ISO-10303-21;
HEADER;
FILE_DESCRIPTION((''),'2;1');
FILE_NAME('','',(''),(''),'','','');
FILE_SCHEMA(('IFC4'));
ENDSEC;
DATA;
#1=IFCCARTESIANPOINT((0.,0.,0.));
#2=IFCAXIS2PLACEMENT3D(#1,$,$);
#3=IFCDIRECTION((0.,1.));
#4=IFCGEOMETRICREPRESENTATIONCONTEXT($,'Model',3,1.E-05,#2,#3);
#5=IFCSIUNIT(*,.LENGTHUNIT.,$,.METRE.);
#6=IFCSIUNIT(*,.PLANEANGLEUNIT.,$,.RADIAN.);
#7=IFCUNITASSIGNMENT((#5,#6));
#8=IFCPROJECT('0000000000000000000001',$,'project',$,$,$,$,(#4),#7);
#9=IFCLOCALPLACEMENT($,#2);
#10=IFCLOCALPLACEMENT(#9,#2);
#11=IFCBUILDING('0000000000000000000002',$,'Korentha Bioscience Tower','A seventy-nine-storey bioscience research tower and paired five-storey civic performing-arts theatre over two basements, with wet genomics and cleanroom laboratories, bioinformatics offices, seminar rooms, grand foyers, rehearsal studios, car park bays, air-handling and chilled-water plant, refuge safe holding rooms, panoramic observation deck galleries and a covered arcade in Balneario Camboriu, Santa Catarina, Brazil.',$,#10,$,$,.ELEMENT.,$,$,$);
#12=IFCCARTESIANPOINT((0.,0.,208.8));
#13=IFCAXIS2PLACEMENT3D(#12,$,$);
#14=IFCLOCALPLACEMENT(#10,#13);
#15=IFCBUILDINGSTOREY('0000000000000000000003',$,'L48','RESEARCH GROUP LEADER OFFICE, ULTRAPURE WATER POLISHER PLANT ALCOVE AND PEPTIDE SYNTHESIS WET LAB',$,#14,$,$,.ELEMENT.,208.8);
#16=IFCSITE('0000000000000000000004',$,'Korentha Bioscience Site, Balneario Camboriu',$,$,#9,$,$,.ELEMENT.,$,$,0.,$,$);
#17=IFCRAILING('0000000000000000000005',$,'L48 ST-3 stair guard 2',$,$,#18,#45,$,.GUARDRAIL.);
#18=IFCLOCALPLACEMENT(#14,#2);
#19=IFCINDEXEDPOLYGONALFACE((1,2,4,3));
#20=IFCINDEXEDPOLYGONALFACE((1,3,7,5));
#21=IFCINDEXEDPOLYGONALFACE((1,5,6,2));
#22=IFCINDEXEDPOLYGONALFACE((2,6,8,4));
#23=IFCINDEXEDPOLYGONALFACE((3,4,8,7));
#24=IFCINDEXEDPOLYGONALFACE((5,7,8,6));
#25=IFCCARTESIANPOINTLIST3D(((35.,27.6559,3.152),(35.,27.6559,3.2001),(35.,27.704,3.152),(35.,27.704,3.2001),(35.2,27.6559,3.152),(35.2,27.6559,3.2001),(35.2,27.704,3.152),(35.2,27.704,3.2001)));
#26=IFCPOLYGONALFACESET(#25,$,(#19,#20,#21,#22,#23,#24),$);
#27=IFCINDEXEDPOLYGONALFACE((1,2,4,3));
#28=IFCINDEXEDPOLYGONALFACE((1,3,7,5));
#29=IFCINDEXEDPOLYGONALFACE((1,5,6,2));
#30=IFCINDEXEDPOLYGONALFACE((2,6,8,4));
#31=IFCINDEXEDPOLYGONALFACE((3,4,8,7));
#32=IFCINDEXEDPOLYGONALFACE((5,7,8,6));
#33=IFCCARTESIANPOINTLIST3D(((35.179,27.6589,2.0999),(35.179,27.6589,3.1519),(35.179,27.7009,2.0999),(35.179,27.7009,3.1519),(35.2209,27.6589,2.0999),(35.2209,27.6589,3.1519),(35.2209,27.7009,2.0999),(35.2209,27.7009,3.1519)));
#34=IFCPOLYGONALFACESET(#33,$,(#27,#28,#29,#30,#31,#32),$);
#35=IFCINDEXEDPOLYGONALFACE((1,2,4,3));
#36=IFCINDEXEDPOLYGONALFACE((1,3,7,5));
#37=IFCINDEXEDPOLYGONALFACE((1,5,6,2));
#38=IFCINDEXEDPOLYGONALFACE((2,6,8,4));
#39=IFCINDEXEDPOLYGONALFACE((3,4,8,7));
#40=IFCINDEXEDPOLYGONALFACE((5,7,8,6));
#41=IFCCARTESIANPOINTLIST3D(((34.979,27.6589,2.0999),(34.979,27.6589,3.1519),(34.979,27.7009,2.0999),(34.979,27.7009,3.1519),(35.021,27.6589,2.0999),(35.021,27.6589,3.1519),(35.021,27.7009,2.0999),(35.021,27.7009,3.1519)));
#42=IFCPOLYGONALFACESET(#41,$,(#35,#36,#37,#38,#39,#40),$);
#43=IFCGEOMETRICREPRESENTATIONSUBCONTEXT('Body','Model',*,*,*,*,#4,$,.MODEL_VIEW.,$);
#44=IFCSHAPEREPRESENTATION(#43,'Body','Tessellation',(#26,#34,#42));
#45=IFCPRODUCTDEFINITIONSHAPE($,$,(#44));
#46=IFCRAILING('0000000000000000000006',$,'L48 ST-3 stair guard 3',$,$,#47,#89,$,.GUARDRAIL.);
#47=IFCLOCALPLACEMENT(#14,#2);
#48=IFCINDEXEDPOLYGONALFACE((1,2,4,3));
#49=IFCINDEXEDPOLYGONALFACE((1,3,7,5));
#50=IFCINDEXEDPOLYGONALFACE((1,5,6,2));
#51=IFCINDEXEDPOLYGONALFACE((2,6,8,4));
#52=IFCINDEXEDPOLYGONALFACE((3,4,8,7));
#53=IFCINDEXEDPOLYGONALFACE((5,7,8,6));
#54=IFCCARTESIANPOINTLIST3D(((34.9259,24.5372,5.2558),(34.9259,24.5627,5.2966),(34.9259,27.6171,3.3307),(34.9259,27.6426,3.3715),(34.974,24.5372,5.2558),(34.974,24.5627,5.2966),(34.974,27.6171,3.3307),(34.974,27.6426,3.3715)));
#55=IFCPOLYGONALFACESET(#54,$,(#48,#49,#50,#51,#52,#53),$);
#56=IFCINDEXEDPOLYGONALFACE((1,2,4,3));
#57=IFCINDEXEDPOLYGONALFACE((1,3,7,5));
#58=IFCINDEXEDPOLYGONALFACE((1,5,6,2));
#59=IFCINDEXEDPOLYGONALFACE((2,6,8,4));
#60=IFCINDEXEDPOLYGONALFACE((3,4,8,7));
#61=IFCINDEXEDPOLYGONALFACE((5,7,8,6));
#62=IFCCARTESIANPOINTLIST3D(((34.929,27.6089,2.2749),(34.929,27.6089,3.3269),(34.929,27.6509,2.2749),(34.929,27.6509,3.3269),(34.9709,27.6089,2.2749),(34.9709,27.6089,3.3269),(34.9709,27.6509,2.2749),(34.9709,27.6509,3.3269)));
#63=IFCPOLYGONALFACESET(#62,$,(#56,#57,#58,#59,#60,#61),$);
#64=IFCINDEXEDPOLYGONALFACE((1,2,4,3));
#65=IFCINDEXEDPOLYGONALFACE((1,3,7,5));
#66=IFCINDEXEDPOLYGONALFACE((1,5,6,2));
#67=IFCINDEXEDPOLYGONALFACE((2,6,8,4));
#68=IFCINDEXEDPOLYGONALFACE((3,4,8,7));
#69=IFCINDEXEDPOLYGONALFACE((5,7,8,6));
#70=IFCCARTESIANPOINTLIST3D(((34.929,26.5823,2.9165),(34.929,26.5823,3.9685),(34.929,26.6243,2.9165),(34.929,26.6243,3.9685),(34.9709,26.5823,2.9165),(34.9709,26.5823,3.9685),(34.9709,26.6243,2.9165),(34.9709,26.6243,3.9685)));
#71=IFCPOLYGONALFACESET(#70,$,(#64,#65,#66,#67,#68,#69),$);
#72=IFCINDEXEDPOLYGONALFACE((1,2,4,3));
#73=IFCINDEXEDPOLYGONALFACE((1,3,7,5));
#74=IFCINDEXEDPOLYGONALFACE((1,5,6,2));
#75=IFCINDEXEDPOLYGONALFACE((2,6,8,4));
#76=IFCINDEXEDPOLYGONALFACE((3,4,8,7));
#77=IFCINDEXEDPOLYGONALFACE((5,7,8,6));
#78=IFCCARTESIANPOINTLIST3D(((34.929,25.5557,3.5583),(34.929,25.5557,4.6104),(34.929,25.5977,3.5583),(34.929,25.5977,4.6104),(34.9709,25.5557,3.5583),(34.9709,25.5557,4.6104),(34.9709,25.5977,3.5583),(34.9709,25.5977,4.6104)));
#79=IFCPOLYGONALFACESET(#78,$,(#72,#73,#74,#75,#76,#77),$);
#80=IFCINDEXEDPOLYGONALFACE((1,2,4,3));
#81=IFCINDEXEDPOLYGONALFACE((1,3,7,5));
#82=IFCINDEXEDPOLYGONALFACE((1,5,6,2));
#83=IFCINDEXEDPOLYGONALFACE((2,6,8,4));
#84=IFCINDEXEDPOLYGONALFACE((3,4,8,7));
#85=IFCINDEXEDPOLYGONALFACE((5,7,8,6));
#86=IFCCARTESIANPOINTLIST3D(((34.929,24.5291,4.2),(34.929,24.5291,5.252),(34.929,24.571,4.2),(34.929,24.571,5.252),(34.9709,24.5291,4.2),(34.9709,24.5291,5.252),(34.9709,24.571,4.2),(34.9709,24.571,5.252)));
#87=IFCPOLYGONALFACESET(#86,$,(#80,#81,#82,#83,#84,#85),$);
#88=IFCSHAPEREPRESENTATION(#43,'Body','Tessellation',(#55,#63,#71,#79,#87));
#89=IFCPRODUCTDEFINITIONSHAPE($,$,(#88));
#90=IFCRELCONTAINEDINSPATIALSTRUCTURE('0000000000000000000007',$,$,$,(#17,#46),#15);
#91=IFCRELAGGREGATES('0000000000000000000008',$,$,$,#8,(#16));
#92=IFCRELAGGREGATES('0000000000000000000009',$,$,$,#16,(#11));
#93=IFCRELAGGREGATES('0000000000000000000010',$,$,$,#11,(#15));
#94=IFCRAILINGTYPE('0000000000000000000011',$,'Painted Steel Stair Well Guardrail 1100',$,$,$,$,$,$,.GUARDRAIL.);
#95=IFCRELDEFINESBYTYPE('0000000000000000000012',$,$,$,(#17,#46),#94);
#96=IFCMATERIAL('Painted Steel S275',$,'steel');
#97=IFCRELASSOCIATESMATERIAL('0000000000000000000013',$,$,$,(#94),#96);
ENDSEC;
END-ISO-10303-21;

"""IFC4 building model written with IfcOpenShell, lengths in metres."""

from ifc_helpers import new_model, si_unit, direction, frame, origin, origin_2d, place, context, subcontext, project, spatial, rectangle, extrude, material, type_object, element, save


model = new_model("IFC4")

# Units and contexts
model_context = context("Model", 3, precision=1e-05, world=origin(), true_north=direction((0.0, 1.0)))
body_context = subcontext(model_context, "Body", "Model", "MODEL_VIEW")
ifc_project = project(units=[si_unit("LENGTHUNIT", "METRE"), si_unit("PLANEANGLEUNIT", "RADIAN")], contexts=[model_context])

# Site, building, storey
site_placement = place(None, origin())
site = spatial("IfcSite", under=ifc_project, at=site_placement, Name="Korentha Bioscience Site, Balneario Camboriu", CompositionType="ELEMENT", RefElevation=0.0)
building_placement = place(site_placement, origin())
building = spatial("IfcBuilding", under=site, at=building_placement, Name="Korentha Bioscience Tower", Description="A seventy-nine-storey bioscience research tower and paired five-storey civic performing-arts theatre over two basements, with wet genomics and cleanroom laboratories, bioinformatics offices, seminar rooms, grand foyers, rehearsal studios, car park bays, air-handling and chilled-water plant, refuge safe holding rooms, panoramic observation deck galleries and a covered arcade in Balneario Camboriu, Santa Catarina, Brazil.", CompositionType="ELEMENT")
storey_placement = place(building_placement, frame((0.0, 0.0, 208.8)))
storey = spatial("IfcBuildingStorey", under=building, at=storey_placement, Name="L48", Description="RESEARCH GROUP LEADER OFFICE, ULTRAPURE WATER POLISHER PLANT ALCOVE AND PEPTIDE SYNTHESIS WET LAB", CompositionType="ELEMENT", Elevation=208.8)

# Railings
ifc_material_1 = material(Name="Painted Steel S275", Category="steel")
railing_type_1 = type_object("IfcRailingType", Name="Painted Steel Stair Well Guardrail 1100", PredefinedType="GUARDRAIL", material=ifc_material_1)
railing_1_placement = place(storey_placement, frame((35.2, 27.6799, 2.0999)))
element("IfcRailing", 1, at=railing_1_placement, inside=storey, type_object=railing_type_1, Name="L48 ST-3 stair guard 2", PredefinedType="GUARDRAIL", context=body_context, shape_type="SweptSolid", body=[
    extrude(rectangle(XDim=0.0481, YDim=0.0481, at=origin_2d()), frame((0.0, 0.0, 1.0762), z_axis=(-1.0, 0.0, 0.0), x_axis=(0.0, -1.0, 0.0)), (0.0, 0.0, 1.0), 0.2),
    extrude(rectangle(XDim=0.042, YDim=0.042, at=origin_2d()), origin(), (0.0, 0.0, 1.0), 1.052),
    extrude(rectangle(XDim=0.042, YDim=0.042, at=origin_2d()), frame((-0.2, 0.0, 0.0)), (0.0, 0.0, 1.0), 1.052),
])
railing_2_placement = place(storey_placement, frame((34.95, 27.6299, 2.2749)))
element("IfcRailing", 2, at=railing_2_placement, inside=storey, type_object=railing_type_1, Name="L48 ST-3 stair guard 3", PredefinedType="GUARDRAIL", context=body_context, shape_type="SweptSolid", body=[
    extrude(rectangle(XDim=0.0481, YDim=0.0481, at=origin_2d()), frame((0.0, 0.0, 1.0762), z_axis=(0.0, -0.847979, 0.530029), x_axis=(1.0, 0.0, 0.0)), (0.0, 0.0, 1.0), 3.6321),
    extrude(rectangle(XDim=0.042, YDim=0.042, at=origin_2d()), origin(), (0.0, 0.0, 1.0), 1.052),
    extrude(rectangle(XDim=0.042, YDim=0.042, at=origin_2d()), frame((0.0, -1.0266, 0.6416)), (0.0, 0.0, 1.0), 1.052),
    extrude(rectangle(XDim=0.042, YDim=0.042, at=origin_2d()), frame((0.0, -2.0532, 1.2834)), (0.0, 0.0, 1.0), 1.052),
    extrude(rectangle(XDim=0.042, YDim=0.042, at=origin_2d()), frame((0.0, -3.0798, 1.925)), (0.0, 0.0, 1.0), 1.052),
])

save(model, "model.ifc")
